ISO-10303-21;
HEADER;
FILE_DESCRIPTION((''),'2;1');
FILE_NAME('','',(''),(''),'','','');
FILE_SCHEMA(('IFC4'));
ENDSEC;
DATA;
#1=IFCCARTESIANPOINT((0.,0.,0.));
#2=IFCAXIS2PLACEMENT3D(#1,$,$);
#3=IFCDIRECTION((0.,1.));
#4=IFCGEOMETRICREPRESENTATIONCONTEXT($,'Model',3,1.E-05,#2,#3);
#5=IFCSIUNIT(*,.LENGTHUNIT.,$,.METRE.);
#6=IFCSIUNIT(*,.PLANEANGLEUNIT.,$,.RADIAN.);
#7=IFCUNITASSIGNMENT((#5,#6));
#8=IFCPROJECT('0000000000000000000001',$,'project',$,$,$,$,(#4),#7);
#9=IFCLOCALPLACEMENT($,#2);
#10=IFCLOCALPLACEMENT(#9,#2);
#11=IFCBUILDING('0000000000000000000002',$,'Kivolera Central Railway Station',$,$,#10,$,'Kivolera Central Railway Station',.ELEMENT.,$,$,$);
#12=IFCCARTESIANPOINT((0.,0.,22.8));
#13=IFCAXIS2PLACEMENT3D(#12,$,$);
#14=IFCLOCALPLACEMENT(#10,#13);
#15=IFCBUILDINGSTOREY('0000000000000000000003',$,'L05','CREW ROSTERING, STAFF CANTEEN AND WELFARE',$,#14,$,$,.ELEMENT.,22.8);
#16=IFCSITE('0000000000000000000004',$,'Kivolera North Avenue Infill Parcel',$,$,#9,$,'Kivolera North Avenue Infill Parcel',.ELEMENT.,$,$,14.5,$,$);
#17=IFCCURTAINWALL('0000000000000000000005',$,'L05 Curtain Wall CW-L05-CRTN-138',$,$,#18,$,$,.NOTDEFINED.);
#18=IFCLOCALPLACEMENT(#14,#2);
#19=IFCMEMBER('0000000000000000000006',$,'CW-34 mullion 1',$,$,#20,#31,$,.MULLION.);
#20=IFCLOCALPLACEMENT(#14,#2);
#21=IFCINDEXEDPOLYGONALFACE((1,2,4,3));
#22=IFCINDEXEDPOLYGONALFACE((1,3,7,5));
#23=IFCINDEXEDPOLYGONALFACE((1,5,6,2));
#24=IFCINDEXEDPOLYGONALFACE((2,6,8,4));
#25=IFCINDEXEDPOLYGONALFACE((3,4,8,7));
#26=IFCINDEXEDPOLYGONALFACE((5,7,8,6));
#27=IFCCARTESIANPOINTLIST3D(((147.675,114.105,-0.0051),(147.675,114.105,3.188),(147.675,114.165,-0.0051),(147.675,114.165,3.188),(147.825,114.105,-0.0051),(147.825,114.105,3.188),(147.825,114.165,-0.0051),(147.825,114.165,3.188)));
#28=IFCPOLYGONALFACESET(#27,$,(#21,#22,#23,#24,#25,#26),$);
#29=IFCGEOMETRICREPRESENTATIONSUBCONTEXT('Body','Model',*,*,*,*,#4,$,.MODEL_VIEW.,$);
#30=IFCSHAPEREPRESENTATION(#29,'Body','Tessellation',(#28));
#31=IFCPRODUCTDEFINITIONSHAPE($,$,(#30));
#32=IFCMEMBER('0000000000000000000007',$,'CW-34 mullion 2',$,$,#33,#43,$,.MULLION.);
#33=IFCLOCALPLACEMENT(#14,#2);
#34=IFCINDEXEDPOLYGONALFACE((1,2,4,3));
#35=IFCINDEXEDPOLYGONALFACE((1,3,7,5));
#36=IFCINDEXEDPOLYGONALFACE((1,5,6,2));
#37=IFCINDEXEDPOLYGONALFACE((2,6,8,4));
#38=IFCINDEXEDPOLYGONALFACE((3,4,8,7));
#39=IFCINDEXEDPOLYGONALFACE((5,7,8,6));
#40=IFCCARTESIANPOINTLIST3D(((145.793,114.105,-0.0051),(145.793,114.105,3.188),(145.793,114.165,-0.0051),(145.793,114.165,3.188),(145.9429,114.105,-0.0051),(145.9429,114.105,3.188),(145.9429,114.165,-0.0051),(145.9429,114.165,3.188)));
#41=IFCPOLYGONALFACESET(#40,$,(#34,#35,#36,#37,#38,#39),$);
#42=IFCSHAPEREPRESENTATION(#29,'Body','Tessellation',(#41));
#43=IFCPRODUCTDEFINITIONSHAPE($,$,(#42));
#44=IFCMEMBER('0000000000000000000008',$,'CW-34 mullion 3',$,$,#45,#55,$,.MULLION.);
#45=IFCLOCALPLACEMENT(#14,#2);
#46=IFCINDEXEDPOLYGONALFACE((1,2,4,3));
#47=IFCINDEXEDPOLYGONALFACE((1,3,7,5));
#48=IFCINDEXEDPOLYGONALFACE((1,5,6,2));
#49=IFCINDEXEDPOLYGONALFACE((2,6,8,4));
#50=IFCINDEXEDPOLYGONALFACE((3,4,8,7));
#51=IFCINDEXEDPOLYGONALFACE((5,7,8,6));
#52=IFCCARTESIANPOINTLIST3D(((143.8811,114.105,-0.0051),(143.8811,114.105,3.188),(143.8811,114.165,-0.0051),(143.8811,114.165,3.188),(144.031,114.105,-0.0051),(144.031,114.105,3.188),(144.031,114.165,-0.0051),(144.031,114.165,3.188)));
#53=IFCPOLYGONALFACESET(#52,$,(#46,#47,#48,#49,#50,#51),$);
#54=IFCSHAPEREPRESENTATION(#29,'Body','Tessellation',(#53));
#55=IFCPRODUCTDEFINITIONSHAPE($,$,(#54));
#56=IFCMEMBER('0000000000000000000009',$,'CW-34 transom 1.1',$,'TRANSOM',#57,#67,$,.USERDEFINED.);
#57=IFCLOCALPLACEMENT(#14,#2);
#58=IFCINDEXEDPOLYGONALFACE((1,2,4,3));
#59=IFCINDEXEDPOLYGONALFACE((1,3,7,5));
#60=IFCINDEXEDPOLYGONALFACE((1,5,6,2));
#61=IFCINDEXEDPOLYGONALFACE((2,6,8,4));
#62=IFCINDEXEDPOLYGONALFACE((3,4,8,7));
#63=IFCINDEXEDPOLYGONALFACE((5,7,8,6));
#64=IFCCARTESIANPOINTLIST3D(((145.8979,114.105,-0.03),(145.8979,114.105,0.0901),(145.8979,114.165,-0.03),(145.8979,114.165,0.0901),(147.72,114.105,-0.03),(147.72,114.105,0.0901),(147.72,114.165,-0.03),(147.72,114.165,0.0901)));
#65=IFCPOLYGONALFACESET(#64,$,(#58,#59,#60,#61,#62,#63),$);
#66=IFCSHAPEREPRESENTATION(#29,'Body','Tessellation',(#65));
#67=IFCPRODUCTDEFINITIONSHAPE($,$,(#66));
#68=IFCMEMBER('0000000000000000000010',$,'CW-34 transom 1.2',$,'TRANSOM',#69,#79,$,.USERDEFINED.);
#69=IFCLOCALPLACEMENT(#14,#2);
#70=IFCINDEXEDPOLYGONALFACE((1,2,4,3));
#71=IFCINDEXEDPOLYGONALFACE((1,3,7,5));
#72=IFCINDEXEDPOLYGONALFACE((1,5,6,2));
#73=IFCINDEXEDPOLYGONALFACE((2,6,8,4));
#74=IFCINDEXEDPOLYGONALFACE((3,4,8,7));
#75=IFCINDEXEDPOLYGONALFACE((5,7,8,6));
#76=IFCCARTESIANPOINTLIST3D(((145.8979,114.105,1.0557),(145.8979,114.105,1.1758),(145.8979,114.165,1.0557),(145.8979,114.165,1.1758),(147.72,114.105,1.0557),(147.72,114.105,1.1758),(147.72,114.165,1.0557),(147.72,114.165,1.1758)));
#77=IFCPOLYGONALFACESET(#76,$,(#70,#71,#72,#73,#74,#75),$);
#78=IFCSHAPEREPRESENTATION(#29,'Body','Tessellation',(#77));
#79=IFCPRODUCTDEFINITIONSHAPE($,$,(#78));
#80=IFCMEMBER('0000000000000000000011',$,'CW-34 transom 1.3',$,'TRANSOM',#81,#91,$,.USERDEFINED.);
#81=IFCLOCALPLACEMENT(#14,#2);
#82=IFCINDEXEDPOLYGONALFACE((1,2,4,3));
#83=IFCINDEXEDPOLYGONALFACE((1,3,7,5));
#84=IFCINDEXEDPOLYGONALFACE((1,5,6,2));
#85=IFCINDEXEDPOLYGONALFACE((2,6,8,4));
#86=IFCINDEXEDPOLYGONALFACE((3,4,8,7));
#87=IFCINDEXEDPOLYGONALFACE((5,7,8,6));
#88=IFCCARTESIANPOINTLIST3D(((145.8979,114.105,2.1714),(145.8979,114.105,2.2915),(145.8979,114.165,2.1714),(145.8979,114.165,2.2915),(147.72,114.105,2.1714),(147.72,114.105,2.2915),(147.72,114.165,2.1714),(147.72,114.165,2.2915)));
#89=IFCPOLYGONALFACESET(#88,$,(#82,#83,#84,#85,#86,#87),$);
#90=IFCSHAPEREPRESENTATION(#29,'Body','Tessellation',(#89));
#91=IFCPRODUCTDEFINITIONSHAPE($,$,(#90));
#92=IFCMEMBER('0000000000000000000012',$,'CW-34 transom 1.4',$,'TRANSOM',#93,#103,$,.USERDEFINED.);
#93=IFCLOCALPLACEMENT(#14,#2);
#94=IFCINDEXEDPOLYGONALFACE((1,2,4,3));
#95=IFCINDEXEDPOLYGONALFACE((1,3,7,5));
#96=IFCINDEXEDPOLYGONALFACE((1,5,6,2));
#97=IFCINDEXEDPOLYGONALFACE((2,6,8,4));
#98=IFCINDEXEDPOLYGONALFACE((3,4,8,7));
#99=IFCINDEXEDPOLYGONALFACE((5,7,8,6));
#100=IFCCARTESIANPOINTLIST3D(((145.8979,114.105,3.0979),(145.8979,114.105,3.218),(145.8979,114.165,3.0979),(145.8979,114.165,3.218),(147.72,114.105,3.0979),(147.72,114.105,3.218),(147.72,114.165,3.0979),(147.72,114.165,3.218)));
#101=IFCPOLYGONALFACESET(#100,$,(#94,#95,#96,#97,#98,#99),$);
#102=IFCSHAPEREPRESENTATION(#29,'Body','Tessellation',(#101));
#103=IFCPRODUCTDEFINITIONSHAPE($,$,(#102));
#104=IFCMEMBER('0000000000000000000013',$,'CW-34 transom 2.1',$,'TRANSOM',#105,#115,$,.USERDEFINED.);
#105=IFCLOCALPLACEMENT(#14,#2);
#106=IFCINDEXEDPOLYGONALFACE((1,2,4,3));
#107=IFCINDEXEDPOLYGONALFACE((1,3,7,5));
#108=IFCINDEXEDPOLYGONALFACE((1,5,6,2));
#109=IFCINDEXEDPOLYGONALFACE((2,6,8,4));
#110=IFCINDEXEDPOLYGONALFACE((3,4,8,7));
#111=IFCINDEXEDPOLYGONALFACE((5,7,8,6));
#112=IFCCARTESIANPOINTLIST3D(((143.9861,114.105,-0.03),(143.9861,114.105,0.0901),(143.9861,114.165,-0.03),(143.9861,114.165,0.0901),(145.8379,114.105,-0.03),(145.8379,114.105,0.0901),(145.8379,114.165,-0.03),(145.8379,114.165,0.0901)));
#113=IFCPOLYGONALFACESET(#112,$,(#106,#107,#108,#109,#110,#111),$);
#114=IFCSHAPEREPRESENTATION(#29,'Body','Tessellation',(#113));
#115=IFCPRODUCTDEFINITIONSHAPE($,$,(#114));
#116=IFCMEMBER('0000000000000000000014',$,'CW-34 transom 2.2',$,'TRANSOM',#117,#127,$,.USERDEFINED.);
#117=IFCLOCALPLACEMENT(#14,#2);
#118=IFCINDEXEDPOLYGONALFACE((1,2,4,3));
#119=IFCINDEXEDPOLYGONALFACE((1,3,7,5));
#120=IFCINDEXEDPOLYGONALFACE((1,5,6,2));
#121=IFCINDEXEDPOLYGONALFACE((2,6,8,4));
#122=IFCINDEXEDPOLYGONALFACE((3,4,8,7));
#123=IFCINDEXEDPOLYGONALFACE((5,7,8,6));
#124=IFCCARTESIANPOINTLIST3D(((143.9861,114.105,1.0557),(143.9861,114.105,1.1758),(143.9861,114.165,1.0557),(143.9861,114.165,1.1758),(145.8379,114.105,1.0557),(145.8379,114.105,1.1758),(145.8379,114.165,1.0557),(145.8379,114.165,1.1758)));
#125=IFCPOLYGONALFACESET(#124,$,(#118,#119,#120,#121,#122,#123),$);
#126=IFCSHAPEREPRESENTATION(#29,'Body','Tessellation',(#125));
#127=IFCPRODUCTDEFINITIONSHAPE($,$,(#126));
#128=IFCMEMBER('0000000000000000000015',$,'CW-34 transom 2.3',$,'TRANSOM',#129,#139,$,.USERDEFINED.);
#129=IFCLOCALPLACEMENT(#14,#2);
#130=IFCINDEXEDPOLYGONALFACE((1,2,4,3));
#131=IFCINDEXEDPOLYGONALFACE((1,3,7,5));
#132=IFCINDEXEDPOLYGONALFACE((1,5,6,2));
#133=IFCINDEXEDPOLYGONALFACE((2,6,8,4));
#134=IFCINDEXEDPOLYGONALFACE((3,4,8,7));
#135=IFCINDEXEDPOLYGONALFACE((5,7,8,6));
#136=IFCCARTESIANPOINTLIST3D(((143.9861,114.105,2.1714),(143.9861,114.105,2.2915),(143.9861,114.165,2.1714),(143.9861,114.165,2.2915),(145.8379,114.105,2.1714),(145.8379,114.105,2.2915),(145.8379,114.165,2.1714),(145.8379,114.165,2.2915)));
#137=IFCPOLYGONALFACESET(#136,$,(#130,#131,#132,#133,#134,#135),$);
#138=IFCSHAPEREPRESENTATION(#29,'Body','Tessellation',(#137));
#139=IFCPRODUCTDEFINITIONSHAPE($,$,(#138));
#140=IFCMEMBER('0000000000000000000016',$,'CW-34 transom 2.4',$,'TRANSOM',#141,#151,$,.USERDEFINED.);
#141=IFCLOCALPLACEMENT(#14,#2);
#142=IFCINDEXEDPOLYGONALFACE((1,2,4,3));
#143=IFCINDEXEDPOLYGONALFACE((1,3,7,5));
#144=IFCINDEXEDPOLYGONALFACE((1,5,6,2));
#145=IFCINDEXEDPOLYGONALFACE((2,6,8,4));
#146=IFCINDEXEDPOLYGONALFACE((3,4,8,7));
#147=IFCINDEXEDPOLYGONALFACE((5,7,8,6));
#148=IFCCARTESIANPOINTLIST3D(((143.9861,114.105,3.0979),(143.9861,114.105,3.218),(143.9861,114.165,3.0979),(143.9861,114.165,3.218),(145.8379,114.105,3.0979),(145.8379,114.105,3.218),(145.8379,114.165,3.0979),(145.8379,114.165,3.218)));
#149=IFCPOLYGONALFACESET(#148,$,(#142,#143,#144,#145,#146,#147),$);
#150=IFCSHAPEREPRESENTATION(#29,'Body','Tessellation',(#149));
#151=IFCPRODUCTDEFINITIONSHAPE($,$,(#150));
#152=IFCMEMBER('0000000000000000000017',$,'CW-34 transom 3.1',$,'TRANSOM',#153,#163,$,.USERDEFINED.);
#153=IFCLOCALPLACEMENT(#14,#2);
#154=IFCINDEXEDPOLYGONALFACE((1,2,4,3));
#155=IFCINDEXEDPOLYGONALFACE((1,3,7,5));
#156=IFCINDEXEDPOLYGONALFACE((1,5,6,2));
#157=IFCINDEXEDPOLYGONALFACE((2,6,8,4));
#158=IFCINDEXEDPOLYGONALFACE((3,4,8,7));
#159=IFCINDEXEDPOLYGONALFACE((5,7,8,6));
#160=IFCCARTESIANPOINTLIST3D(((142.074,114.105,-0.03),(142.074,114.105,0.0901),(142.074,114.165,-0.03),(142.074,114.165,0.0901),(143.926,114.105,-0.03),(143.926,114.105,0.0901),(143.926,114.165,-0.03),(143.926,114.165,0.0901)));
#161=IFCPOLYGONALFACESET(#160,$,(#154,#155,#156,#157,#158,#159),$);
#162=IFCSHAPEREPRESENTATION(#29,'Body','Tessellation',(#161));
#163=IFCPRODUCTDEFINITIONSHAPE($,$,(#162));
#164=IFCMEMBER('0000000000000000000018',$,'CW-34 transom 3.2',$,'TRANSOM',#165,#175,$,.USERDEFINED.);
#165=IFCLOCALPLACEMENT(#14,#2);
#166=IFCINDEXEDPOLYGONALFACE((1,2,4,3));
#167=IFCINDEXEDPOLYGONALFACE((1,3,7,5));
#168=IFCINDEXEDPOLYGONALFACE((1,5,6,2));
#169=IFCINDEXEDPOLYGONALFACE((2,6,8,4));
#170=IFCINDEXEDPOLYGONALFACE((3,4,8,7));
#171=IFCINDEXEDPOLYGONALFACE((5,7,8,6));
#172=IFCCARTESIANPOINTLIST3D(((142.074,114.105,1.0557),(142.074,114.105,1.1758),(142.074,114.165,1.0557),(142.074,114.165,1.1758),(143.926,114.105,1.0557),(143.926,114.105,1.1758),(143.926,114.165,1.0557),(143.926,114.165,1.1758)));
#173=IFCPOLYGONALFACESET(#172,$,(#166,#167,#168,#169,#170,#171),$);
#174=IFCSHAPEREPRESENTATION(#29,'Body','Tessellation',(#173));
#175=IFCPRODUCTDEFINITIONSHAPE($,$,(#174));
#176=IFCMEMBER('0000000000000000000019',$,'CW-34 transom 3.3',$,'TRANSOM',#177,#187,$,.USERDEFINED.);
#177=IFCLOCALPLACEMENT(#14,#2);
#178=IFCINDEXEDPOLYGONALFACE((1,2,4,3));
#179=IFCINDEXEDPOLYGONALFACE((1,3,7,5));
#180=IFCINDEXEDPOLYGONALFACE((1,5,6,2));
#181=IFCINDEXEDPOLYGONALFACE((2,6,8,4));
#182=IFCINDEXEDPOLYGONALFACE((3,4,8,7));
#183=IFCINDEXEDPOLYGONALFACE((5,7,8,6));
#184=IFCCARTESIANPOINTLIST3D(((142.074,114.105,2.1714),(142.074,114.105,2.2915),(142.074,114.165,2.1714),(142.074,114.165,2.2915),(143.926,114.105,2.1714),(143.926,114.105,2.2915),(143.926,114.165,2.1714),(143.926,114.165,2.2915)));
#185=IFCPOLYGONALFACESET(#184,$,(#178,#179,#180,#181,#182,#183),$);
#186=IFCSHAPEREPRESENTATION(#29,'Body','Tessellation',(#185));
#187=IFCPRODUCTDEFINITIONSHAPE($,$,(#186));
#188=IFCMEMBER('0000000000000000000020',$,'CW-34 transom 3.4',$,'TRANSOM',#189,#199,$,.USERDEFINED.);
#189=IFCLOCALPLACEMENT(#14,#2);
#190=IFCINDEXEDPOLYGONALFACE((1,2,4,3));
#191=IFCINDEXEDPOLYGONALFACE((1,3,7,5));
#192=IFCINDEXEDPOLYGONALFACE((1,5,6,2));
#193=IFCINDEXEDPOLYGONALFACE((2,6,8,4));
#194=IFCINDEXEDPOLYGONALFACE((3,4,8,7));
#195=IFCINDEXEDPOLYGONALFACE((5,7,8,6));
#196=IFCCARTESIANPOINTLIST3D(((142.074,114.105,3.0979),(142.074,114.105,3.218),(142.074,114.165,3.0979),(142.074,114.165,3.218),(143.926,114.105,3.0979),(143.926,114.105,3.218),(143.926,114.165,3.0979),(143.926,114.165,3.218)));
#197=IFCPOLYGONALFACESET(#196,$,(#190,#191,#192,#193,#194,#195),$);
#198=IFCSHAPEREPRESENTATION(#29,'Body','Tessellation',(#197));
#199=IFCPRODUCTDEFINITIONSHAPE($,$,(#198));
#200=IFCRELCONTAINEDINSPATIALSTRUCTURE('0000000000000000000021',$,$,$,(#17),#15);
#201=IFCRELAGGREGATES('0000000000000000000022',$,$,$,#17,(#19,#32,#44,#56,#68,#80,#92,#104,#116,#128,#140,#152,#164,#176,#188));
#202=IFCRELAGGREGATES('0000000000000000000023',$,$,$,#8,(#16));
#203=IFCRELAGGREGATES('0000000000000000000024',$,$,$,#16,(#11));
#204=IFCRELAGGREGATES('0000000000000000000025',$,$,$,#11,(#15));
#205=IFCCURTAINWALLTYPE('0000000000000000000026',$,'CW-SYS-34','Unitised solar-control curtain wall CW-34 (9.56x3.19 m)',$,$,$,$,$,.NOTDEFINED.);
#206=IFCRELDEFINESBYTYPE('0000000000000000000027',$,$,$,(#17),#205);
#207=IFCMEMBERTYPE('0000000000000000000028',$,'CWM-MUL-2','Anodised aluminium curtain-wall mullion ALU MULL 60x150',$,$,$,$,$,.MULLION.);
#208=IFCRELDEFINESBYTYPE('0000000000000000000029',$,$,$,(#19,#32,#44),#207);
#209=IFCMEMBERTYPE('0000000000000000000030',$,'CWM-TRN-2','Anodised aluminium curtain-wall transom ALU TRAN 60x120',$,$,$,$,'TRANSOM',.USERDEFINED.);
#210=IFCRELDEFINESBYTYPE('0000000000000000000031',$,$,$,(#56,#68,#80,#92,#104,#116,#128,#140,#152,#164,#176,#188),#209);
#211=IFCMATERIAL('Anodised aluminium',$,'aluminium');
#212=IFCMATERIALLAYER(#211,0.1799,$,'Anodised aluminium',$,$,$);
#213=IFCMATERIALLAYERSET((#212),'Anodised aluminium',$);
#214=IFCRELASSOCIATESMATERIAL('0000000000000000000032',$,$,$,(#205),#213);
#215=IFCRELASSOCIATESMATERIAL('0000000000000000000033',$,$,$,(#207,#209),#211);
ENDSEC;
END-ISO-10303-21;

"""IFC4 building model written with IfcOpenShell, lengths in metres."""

from ifc_helpers import new_model, si_unit, direction, frame, origin, origin_2d, place, context, subcontext, project, spatial, rectangle, extrude, material, layer, layer_set, material_profile, profile_set, type_object, element, aggregate, save


model = new_model("IFC4")

# Units and contexts
model_context = context("Model", 3, precision=1e-05, world=origin(), true_north=direction((0.0, 1.0)))
body_context = subcontext(model_context, "Body", "Model", "MODEL_VIEW")
ifc_project = project(units=[si_unit("LENGTHUNIT", "METRE"), si_unit("PLANEANGLEUNIT", "RADIAN")], contexts=[model_context])

# Site, building, storey
site_placement = place(None, origin())
site = spatial("IfcSite", under=ifc_project, at=site_placement, Name="Kivolera North Avenue Infill Parcel", LongName="Kivolera North Avenue Infill Parcel", CompositionType="ELEMENT", RefElevation=14.5)
building_placement = place(site_placement, origin())
building = spatial("IfcBuilding", under=site, at=building_placement, Name="Kivolera Central Railway Station", LongName="Kivolera Central Railway Station", CompositionType="ELEMENT")
storey_placement = place(building_placement, frame((0.0, 0.0, 22.8)))
storey = spatial("IfcBuildingStorey", under=building, at=storey_placement, Name="L05", Description="CREW ROSTERING, STAFF CANTEEN AND WELFARE", CompositionType="ELEMENT", Elevation=22.8)

# Curtain wall, members
ifc_material_1 = material(Name="Anodised aluminium", Category="aluminium")
ifc_layer_1 = layer(ifc_material_1, 0.1799, Name="Anodised aluminium")
ifc_layer_set_1 = layer_set([ifc_layer_1], Name="Anodised aluminium")
curtain_wall_type = type_object("IfcCurtainWallType", Name="CW-SYS-34", Description="Unitised solar-control curtain wall CW-34 (9.56x3.19 m)", PredefinedType="NOTDEFINED", material=ifc_layer_set_1)
curtain_wall_placement = place(storey_placement, origin())
curtain_wall = element("IfcCurtainWall", 1, at=curtain_wall_placement, inside=storey, type_object=curtain_wall_type, Name="L05 Curtain Wall CW-L05-CRTN-138", PredefinedType="NOTDEFINED")
ifc_material_profile_1 = material_profile(ifc_material_1, rectangle(XDim=0.0601, YDim=0.1499, at=origin_2d()), Name="ALU MULL 60x150")
ifc_profile_set_1 = profile_set([ifc_material_profile_1], Name="Anodised aluminium")
member_type_1 = type_object("IfcMemberType", Name="CWM-MUL-2", Description="Anodised aluminium curtain-wall mullion ALU MULL 60x150", PredefinedType="MULLION", material=ifc_profile_set_1)
member_1_placement = place(storey_placement, frame((147.75, 114.135, -0.0051), z_axis=(0.0, 0.0, 1.0), x_axis=(0.0, -1.0, 0.0)))
member_1 = element("IfcMember", 2, at=member_1_placement, type_object=member_type_1, Name="CW-34 mullion 1", PredefinedType="MULLION", context=body_context, shape_type="SweptSolid", body=[
    extrude(rectangle(XDim=0.0601, YDim=0.1499, at=origin_2d()), origin(), (0.0, 0.0, 1.0), 3.1931),
])
member_2_placement = place(storey_placement, frame((145.8679, 114.135, -0.0051), z_axis=(0.0, 0.0, 1.0), x_axis=(0.0, -1.0, 0.0)))
member_2 = element("IfcMember", 3, at=member_2_placement, type_object=member_type_1, Name="CW-34 mullion 2", PredefinedType="MULLION", context=body_context, shape_type="SweptSolid", body=[
    extrude(rectangle(XDim=0.0601, YDim=0.1499, at=origin_2d()), origin(), (0.0, 0.0, 1.0), 3.1931),
])
member_3_placement = place(storey_placement, frame((143.9561, 114.135, -0.0051), z_axis=(0.0, 0.0, 1.0), x_axis=(0.0, -1.0, 0.0)))
member_3 = element("IfcMember", 4, at=member_3_placement, type_object=member_type_1, Name="CW-34 mullion 3", PredefinedType="MULLION", context=body_context, shape_type="SweptSolid", body=[
    extrude(rectangle(XDim=0.0601, YDim=0.1499, at=origin_2d()), origin(), (0.0, 0.0, 1.0), 3.1931),
])
ifc_material_profile_2 = material_profile(ifc_material_1, rectangle(XDim=0.0601, YDim=0.1201, at=origin_2d()), Name="ALU TRAN 60x120")
ifc_profile_set_2 = profile_set([ifc_material_profile_2], Name="Anodised aluminium")
member_type_2 = type_object("IfcMemberType", Name="CWM-TRN-2", Description="Anodised aluminium curtain-wall transom ALU TRAN 60x120", ElementType="TRANSOM", PredefinedType="USERDEFINED", material=ifc_profile_set_2)
member_4_placement = place(storey_placement, frame((147.72, 114.135, 0.03), z_axis=(-1.0, 0.0, 0.0), x_axis=(0.0, -1.0, 0.0)))
member_4 = element("IfcMember", 5, at=member_4_placement, type_object=member_type_2, Name="CW-34 transom 1.1", ObjectType="TRANSOM", PredefinedType="USERDEFINED", context=body_context, shape_type="SweptSolid", body=[
    extrude(rectangle(XDim=0.0601, YDim=0.1201, at=origin_2d()), origin(), (0.0, 0.0, 1.0), 1.822),
])
member_5_placement = place(storey_placement, frame((147.72, 114.135, 1.1157), z_axis=(-1.0, 0.0, 0.0), x_axis=(0.0, -1.0, 0.0)))
member_5 = element("IfcMember", 6, at=member_5_placement, type_object=member_type_2, Name="CW-34 transom 1.2", ObjectType="TRANSOM", PredefinedType="USERDEFINED", context=body_context, shape_type="SweptSolid", body=[
    extrude(rectangle(XDim=0.0601, YDim=0.1201, at=origin_2d()), origin(), (0.0, 0.0, 1.0), 1.822),
])
member_6_placement = place(storey_placement, frame((147.72, 114.135, 2.2314), z_axis=(-1.0, 0.0, 0.0), x_axis=(0.0, -1.0, 0.0)))
member_6 = element("IfcMember", 7, at=member_6_placement, type_object=member_type_2, Name="CW-34 transom 1.3", ObjectType="TRANSOM", PredefinedType="USERDEFINED", context=body_context, shape_type="SweptSolid", body=[
    extrude(rectangle(XDim=0.0601, YDim=0.1201, at=origin_2d()), origin(), (0.0, 0.0, 1.0), 1.822),
])
member_7_placement = place(storey_placement, frame((147.72, 114.135, 3.158), z_axis=(-1.0, 0.0, 0.0), x_axis=(0.0, -1.0, 0.0)))
member_7 = element("IfcMember", 8, at=member_7_placement, type_object=member_type_2, Name="CW-34 transom 1.4", ObjectType="TRANSOM", PredefinedType="USERDEFINED", context=body_context, shape_type="SweptSolid", body=[
    extrude(rectangle(XDim=0.0601, YDim=0.1201, at=origin_2d()), origin(), (0.0, 0.0, 1.0), 1.822),
])
member_8_placement = place(storey_placement, frame((145.8379, 114.135, 0.03), z_axis=(-1.0, 0.0, 0.0), x_axis=(0.0, -1.0, 0.0)))
member_8 = element("IfcMember", 9, at=member_8_placement, type_object=member_type_2, Name="CW-34 transom 2.1", ObjectType="TRANSOM", PredefinedType="USERDEFINED", context=body_context, shape_type="SweptSolid", body=[
    extrude(rectangle(XDim=0.0601, YDim=0.1201, at=origin_2d()), origin(), (0.0, 0.0, 1.0), 1.8518),
])
member_9_placement = place(storey_placement, frame((145.8379, 114.135, 1.1157), z_axis=(-1.0, 0.0, 0.0), x_axis=(0.0, -1.0, 0.0)))
member_9 = element("IfcMember", 10, at=member_9_placement, type_object=member_type_2, Name="CW-34 transom 2.2", ObjectType="TRANSOM", PredefinedType="USERDEFINED", context=body_context, shape_type="SweptSolid", body=[
    extrude(rectangle(XDim=0.0601, YDim=0.1201, at=origin_2d()), origin(), (0.0, 0.0, 1.0), 1.8518),
])
member_10_placement = place(storey_placement, frame((145.8379, 114.135, 2.2314), z_axis=(-1.0, 0.0, 0.0), x_axis=(0.0, -1.0, 0.0)))
member_10 = element("IfcMember", 11, at=member_10_placement, type_object=member_type_2, Name="CW-34 transom 2.3", ObjectType="TRANSOM", PredefinedType="USERDEFINED", context=body_context, shape_type="SweptSolid", body=[
    extrude(rectangle(XDim=0.0601, YDim=0.1201, at=origin_2d()), origin(), (0.0, 0.0, 1.0), 1.8518),
])
member_11_placement = place(storey_placement, frame((145.8379, 114.135, 3.158), z_axis=(-1.0, 0.0, 0.0), x_axis=(0.0, -1.0, 0.0)))
member_11 = element("IfcMember", 12, at=member_11_placement, type_object=member_type_2, Name="CW-34 transom 2.4", ObjectType="TRANSOM", PredefinedType="USERDEFINED", context=body_context, shape_type="SweptSolid", body=[
    extrude(rectangle(XDim=0.0601, YDim=0.1201, at=origin_2d()), origin(), (0.0, 0.0, 1.0), 1.8518),
])
member_12_placement = place(storey_placement, frame((143.926, 114.135, 0.03), z_axis=(-1.0, 0.0, 0.0), x_axis=(0.0, -1.0, 0.0)))
member_12 = element("IfcMember", 13, at=member_12_placement, type_object=member_type_2, Name="CW-34 transom 3.1", ObjectType="TRANSOM", PredefinedType="USERDEFINED", context=body_context, shape_type="SweptSolid", body=[
    extrude(rectangle(XDim=0.0601, YDim=0.1201, at=origin_2d()), origin(), (0.0, 0.0, 1.0), 1.8521),
])
member_13_placement = place(storey_placement, frame((143.926, 114.135, 1.1157), z_axis=(-1.0, 0.0, 0.0), x_axis=(0.0, -1.0, 0.0)))
member_13 = element("IfcMember", 14, at=member_13_placement, type_object=member_type_2, Name="CW-34 transom 3.2", ObjectType="TRANSOM", PredefinedType="USERDEFINED", context=body_context, shape_type="SweptSolid", body=[
    extrude(rectangle(XDim=0.0601, YDim=0.1201, at=origin_2d()), origin(), (0.0, 0.0, 1.0), 1.8521),
])
member_14_placement = place(storey_placement, frame((143.926, 114.135, 2.2314), z_axis=(-1.0, 0.0, 0.0), x_axis=(0.0, -1.0, 0.0)))
member_14 = element("IfcMember", 15, at=member_14_placement, type_object=member_type_2, Name="CW-34 transom 3.3", ObjectType="TRANSOM", PredefinedType="USERDEFINED", context=body_context, shape_type="SweptSolid", body=[
    extrude(rectangle(XDim=0.0601, YDim=0.1201, at=origin_2d()), origin(), (0.0, 0.0, 1.0), 1.8521),
])
member_15_placement = place(storey_placement, frame((143.926, 114.135, 3.158), z_axis=(-1.0, 0.0, 0.0), x_axis=(0.0, -1.0, 0.0)))
member_15 = element("IfcMember", 16, at=member_15_placement, type_object=member_type_2, Name="CW-34 transom 3.4", ObjectType="TRANSOM", PredefinedType="USERDEFINED", context=body_context, shape_type="SweptSolid", body=[
    extrude(rectangle(XDim=0.0601, YDim=0.1201, at=origin_2d()), origin(), (0.0, 0.0, 1.0), 1.8521),
])
aggregate(curtain_wall, [member_1, member_2, member_3, member_4, member_5, member_6, member_7, member_8, member_9, member_10, member_11, member_12, member_13, member_14, member_15])

save(model, "model.ifc")
